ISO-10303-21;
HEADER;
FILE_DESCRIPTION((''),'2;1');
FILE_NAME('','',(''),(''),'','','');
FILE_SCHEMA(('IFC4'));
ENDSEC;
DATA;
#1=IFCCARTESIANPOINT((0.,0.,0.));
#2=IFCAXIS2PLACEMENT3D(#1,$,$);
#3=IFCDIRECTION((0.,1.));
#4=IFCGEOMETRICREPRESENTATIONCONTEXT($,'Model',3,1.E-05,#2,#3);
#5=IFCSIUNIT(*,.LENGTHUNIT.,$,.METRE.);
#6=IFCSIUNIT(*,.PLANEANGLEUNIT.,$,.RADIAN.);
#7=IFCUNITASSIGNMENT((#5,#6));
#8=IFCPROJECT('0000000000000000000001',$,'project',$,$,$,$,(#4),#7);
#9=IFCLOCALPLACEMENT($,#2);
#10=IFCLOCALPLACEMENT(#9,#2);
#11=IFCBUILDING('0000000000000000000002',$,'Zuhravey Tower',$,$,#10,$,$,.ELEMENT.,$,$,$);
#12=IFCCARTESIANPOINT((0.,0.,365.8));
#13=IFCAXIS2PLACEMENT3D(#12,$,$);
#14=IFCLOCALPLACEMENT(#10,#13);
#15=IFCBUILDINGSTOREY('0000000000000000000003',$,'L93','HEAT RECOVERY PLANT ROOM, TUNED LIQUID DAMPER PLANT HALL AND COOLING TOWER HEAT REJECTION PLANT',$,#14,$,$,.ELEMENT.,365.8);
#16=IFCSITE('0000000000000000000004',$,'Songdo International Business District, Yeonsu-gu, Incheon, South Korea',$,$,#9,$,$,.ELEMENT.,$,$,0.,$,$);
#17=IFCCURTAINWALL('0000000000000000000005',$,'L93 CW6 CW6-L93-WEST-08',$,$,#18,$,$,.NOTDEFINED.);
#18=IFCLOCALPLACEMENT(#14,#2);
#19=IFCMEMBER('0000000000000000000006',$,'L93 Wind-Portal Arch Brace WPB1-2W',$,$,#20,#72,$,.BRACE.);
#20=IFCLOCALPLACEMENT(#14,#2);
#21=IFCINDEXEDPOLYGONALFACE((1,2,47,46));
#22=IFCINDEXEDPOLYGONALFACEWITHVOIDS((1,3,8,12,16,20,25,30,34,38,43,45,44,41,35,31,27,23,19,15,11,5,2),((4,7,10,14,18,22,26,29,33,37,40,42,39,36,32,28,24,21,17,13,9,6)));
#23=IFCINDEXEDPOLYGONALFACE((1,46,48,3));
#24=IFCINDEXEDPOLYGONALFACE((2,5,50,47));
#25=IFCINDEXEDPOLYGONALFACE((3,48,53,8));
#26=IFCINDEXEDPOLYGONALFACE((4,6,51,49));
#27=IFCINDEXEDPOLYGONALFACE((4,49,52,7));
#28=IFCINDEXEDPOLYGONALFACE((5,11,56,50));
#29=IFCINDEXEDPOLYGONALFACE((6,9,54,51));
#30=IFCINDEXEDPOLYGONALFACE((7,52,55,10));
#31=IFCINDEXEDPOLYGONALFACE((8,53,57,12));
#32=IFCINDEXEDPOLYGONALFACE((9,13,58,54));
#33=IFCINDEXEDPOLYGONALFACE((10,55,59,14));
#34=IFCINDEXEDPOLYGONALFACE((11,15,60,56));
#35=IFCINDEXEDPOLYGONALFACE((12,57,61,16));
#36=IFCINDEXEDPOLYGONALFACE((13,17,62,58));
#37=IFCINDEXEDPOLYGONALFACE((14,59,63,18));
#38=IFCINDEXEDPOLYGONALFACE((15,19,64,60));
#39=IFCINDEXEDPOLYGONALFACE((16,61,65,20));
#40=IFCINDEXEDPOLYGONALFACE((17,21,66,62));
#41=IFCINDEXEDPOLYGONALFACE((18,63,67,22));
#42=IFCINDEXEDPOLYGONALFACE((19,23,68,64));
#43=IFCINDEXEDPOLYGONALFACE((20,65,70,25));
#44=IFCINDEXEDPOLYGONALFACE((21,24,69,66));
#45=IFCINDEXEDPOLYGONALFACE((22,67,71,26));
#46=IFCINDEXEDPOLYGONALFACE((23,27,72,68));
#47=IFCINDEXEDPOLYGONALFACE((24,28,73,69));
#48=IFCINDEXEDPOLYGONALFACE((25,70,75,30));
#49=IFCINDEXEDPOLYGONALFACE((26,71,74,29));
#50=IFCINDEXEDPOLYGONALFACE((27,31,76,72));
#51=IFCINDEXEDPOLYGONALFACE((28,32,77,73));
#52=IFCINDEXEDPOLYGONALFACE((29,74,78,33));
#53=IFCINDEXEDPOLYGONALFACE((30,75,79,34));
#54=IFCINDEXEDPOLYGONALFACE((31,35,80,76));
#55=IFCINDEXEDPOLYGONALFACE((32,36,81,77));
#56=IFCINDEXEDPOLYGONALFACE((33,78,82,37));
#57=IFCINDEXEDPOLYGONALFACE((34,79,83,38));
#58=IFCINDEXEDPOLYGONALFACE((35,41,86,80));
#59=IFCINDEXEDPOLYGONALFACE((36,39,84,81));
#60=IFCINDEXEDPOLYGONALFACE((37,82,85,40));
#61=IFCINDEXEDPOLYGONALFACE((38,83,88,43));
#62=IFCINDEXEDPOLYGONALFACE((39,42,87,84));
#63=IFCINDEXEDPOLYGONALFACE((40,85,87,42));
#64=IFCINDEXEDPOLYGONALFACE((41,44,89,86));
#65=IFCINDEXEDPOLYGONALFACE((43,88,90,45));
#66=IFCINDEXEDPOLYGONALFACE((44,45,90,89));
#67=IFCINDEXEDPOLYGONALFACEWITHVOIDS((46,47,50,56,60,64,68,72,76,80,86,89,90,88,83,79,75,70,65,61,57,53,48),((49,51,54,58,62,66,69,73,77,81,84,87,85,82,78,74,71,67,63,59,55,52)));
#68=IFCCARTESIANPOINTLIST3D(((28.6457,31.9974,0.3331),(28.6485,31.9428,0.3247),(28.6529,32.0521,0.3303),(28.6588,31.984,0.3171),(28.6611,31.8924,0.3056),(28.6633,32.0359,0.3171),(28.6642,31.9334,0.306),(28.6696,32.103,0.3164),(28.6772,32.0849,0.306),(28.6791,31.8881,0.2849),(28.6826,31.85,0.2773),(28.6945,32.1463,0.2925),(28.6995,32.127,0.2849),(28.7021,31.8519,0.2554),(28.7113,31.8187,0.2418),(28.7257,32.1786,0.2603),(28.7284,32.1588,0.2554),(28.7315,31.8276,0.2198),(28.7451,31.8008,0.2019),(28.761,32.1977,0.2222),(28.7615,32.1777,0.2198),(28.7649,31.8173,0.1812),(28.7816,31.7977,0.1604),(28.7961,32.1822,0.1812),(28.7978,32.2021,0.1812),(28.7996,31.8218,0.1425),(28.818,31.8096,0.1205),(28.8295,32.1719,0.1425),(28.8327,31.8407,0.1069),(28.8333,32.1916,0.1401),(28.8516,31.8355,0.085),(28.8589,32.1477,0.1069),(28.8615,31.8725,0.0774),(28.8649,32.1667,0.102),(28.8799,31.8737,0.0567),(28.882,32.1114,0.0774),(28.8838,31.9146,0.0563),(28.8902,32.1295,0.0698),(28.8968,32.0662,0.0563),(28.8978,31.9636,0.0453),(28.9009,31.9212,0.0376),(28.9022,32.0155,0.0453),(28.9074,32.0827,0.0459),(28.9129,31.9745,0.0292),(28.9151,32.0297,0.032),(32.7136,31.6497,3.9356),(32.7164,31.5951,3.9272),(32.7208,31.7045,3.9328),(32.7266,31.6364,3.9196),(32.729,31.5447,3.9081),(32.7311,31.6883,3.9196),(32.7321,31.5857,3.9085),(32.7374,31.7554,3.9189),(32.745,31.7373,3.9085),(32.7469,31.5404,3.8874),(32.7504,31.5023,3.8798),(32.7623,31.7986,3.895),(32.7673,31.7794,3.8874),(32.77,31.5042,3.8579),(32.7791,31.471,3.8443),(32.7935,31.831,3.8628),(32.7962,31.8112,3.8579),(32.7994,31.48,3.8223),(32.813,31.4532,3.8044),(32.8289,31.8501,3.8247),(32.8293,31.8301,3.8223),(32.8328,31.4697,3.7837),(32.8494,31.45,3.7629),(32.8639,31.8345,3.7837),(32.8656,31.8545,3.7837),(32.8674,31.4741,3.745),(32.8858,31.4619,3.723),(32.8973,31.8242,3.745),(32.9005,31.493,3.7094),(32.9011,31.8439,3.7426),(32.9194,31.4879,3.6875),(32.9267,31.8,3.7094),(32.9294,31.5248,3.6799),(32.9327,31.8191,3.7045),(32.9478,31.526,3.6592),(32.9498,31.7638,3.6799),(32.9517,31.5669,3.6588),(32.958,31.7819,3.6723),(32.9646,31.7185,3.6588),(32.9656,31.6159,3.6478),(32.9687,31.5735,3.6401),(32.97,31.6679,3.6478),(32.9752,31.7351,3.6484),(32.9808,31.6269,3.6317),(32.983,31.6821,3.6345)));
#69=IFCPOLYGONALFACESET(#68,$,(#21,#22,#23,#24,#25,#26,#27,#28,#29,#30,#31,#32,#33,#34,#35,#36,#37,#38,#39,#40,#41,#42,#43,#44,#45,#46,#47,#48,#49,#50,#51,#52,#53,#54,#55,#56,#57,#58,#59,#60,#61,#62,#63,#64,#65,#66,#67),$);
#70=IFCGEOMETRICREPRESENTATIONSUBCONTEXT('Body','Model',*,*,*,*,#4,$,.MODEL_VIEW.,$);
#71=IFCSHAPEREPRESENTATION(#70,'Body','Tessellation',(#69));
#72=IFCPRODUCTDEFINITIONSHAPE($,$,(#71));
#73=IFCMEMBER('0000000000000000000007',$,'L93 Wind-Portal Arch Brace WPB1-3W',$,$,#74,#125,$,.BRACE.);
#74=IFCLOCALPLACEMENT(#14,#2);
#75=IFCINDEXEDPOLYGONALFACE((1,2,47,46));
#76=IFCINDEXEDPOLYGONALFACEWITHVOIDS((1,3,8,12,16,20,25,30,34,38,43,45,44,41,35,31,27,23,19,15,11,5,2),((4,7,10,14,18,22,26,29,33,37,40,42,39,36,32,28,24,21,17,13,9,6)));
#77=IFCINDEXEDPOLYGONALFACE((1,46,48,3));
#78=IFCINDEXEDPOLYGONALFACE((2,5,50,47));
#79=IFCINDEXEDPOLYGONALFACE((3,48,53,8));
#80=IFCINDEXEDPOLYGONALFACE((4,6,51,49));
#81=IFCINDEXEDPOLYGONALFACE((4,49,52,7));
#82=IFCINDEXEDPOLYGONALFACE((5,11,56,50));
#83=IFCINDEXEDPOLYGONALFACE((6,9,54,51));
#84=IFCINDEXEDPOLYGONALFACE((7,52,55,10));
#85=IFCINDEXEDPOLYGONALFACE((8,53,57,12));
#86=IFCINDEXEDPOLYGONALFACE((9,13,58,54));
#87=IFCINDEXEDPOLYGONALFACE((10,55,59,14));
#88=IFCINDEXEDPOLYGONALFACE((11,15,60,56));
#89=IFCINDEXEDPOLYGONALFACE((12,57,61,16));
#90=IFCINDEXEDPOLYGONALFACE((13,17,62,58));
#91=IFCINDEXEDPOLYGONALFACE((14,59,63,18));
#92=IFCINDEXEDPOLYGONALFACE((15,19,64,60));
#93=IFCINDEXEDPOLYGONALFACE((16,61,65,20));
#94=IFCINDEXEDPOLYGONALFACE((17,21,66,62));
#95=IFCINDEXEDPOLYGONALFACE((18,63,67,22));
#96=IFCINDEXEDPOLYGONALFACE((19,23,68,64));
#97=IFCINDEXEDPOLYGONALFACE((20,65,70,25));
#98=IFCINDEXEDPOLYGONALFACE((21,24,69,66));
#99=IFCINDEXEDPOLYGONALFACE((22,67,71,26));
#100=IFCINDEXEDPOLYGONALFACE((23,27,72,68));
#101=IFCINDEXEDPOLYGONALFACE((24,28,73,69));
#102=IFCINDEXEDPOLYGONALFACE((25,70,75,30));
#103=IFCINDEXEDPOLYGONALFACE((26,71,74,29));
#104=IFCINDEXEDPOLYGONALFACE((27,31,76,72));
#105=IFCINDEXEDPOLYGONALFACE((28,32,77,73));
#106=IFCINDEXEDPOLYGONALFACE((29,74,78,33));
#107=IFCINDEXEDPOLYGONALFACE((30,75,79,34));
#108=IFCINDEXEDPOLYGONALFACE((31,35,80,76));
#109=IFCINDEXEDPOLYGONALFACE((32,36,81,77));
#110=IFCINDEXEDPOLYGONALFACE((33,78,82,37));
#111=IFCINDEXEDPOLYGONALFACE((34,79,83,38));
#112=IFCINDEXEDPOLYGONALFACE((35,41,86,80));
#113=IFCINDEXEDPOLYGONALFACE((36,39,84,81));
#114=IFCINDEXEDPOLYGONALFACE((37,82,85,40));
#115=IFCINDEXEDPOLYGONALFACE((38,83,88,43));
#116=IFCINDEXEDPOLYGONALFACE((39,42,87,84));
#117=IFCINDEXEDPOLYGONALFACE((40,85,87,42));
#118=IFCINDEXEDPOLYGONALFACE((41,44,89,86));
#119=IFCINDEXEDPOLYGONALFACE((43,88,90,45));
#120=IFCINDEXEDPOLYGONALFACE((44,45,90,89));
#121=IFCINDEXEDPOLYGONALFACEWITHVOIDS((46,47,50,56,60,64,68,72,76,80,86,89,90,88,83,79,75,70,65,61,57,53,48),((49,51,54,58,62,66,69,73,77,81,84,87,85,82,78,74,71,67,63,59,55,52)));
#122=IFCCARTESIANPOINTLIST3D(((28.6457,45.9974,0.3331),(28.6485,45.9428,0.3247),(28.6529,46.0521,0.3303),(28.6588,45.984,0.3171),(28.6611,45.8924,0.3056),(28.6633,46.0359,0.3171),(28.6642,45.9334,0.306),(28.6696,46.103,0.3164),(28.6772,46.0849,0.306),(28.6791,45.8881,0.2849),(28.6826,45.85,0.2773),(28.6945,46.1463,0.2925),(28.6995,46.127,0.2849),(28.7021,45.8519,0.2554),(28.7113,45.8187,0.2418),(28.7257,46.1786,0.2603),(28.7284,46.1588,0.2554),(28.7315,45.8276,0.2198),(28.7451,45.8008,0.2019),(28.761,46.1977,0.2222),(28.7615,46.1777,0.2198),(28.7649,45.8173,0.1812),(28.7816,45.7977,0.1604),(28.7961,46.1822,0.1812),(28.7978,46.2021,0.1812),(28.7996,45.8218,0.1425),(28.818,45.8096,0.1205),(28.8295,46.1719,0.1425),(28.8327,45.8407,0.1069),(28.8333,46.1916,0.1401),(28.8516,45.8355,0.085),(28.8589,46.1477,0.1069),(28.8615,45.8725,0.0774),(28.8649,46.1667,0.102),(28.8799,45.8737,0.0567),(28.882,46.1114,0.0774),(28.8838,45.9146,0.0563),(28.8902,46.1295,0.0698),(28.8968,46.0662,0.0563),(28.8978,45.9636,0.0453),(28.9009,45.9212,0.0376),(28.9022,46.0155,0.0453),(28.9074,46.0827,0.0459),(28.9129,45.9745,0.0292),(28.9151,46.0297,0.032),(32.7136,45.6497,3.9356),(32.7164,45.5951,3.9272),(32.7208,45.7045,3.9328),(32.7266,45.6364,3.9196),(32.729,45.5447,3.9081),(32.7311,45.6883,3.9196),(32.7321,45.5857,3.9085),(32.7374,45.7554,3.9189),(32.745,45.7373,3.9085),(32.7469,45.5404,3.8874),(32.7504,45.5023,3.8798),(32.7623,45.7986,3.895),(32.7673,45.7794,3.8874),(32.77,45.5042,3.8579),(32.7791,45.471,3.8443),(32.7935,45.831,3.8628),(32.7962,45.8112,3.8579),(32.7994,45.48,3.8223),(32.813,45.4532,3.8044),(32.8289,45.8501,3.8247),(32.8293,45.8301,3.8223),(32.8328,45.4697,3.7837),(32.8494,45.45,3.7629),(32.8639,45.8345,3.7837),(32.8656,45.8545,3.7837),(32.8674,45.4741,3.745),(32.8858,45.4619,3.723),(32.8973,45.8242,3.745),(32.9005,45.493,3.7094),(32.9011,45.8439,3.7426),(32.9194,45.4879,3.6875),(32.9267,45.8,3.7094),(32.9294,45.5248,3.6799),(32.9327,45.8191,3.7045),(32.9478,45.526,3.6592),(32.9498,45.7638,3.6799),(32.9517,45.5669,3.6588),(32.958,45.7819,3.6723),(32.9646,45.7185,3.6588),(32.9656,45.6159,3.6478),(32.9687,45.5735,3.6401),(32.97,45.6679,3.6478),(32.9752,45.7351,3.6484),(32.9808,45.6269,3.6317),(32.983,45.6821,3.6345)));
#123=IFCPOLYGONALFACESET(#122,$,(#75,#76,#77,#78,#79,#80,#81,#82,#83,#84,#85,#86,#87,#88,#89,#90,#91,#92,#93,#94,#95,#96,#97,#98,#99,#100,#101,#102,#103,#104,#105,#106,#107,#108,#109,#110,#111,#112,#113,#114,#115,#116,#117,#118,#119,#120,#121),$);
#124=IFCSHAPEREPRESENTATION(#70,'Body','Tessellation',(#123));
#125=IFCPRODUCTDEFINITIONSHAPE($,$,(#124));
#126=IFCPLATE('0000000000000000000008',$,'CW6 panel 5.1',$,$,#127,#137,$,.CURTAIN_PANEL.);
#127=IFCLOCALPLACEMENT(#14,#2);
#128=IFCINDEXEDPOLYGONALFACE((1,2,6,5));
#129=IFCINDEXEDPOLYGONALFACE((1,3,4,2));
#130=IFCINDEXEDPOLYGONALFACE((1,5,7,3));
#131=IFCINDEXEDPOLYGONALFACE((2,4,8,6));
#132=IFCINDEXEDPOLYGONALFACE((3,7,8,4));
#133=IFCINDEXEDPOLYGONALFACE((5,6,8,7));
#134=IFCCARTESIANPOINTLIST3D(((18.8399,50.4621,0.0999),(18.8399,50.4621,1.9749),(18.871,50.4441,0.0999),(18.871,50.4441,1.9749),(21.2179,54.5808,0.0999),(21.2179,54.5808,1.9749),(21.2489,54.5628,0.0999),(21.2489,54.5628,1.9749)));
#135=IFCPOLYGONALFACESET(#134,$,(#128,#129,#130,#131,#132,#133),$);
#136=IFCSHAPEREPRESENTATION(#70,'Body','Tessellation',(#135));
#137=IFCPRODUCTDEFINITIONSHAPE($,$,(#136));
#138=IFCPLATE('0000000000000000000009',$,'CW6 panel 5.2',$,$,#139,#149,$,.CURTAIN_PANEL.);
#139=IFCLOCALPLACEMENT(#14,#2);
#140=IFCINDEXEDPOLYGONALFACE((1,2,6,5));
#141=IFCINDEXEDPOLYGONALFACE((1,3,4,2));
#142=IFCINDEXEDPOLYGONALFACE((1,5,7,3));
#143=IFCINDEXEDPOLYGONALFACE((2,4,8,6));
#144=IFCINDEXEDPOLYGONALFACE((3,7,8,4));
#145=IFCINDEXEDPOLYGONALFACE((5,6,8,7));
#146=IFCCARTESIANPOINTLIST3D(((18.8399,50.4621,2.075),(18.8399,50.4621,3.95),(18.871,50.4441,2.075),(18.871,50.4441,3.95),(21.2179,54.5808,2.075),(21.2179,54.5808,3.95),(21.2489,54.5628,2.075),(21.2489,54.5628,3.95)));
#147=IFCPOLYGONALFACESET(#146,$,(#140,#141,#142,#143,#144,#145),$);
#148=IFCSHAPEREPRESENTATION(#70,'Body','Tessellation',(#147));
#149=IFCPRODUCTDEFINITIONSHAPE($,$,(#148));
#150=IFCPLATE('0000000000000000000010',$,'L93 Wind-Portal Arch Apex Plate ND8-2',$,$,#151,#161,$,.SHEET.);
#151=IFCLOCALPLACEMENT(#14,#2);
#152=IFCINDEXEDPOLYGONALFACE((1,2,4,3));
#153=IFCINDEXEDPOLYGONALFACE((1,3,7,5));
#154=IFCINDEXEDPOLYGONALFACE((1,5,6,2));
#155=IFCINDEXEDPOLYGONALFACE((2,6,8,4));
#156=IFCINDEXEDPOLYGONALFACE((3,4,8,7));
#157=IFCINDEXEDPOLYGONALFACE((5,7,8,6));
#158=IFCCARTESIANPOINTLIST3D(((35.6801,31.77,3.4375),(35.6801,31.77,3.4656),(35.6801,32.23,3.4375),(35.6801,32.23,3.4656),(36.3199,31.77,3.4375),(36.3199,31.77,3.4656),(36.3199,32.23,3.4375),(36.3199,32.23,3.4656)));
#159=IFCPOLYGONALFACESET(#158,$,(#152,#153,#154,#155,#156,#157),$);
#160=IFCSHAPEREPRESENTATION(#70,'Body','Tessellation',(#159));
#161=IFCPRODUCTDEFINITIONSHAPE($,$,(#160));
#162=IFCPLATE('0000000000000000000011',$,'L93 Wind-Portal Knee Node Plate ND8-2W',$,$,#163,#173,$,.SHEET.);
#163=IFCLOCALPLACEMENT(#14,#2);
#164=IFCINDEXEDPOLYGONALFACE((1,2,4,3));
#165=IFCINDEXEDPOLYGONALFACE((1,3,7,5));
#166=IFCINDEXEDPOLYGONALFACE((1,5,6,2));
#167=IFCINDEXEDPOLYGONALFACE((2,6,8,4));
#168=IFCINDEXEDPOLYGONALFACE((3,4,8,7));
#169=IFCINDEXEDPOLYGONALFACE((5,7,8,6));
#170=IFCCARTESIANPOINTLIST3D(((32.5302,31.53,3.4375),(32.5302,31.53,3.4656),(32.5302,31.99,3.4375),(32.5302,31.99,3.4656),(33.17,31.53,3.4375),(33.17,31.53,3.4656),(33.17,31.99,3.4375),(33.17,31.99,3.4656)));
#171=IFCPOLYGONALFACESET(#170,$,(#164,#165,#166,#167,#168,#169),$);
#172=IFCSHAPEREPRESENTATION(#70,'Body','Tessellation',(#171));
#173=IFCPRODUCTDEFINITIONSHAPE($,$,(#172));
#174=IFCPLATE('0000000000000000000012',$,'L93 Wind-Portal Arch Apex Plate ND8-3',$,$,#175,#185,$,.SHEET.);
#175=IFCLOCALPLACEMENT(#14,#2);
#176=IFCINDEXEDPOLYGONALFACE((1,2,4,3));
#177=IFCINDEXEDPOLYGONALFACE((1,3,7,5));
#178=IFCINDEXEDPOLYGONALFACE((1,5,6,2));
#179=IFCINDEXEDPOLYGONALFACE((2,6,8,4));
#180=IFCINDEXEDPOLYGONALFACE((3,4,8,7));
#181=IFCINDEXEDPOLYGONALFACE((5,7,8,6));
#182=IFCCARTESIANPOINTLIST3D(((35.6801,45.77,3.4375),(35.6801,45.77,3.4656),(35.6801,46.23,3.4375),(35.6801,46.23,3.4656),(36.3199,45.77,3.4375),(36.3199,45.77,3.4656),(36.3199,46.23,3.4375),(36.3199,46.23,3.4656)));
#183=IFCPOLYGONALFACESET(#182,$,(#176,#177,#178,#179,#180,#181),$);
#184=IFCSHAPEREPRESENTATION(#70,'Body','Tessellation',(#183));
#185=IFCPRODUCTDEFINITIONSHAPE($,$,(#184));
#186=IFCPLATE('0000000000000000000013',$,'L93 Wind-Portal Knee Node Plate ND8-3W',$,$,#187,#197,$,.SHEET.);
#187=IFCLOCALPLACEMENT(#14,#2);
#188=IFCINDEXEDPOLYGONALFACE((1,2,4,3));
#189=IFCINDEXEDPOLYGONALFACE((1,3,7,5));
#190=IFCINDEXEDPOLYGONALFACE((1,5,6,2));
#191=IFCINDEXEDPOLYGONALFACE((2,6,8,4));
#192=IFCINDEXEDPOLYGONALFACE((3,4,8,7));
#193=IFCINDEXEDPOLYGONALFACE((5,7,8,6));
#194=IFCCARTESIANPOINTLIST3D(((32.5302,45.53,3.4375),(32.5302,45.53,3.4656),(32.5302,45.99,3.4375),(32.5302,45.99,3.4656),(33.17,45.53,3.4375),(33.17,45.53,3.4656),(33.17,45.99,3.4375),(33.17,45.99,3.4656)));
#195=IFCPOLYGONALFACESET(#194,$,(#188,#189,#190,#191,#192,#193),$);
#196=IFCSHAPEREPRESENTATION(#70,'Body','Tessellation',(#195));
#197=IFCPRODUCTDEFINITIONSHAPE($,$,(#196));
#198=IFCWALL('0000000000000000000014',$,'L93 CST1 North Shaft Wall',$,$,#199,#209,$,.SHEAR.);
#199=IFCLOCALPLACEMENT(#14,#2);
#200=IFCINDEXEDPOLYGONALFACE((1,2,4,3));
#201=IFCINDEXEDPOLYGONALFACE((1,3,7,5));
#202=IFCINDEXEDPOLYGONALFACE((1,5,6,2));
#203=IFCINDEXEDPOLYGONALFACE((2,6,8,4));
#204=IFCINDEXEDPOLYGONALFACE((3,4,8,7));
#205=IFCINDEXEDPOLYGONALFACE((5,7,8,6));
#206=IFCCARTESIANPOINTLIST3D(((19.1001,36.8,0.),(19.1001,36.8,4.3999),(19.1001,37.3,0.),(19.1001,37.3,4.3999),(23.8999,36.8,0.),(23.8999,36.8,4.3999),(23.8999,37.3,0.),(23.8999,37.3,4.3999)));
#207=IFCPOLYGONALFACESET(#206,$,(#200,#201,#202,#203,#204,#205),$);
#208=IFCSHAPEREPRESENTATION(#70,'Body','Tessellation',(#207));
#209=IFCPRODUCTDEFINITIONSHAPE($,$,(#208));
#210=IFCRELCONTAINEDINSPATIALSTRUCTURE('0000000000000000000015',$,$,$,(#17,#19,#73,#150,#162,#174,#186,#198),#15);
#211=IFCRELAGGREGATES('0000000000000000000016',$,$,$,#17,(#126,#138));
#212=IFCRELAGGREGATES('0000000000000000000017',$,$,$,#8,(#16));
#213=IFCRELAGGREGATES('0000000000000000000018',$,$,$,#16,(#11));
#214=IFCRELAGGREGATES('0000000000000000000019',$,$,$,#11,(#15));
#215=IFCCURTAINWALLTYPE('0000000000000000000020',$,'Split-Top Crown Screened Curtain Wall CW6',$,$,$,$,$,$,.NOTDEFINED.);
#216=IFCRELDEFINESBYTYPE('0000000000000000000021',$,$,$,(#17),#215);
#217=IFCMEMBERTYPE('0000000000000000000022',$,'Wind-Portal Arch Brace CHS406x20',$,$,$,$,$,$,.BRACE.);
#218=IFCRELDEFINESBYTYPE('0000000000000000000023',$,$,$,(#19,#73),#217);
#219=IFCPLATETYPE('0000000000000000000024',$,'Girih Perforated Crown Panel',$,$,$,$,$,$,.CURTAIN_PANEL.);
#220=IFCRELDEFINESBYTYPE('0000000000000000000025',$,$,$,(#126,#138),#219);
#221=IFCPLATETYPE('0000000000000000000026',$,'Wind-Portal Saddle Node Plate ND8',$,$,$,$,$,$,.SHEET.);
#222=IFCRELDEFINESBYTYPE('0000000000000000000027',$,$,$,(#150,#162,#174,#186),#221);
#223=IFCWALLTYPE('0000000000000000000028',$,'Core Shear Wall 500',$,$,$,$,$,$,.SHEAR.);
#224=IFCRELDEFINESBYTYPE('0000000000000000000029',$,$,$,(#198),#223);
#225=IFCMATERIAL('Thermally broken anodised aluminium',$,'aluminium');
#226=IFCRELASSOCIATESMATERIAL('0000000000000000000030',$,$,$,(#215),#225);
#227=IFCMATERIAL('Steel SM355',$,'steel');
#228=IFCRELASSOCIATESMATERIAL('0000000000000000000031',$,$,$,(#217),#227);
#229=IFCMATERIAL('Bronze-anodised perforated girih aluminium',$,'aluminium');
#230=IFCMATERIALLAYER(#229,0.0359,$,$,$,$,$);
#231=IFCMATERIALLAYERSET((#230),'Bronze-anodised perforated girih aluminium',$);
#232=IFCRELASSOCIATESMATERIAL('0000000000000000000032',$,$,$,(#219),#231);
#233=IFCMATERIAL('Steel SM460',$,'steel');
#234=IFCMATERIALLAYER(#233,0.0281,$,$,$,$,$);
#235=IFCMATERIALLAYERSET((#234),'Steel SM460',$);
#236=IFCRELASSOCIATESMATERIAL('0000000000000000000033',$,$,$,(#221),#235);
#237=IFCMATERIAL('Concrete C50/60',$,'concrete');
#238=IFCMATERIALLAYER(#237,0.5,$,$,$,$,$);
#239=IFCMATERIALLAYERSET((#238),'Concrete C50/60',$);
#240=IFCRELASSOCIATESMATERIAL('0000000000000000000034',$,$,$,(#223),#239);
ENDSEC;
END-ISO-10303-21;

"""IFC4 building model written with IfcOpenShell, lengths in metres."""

from ifc_helpers import new_model, si_unit, direction, frame, frame_2d, origin, origin_2d, place, context, subcontext, project, spatial, rectangle, hollow_circle, extrude, material, layer, layer_set, material_profile, profile_set, type_object, element, aggregate, save


model = new_model("IFC4")

# Units and contexts
model_context = context("Model", 3, precision=1e-05, world=origin(), true_north=direction((0.0, 1.0)))
body_context = subcontext(model_context, "Body", "Model", "MODEL_VIEW")
ifc_project = project(units=[si_unit("LENGTHUNIT", "METRE"), si_unit("PLANEANGLEUNIT", "RADIAN")], contexts=[model_context])

# Site, building, storey
site_placement = place(None, origin())
site = spatial("IfcSite", under=ifc_project, at=site_placement, Name="Songdo International Business District, Yeonsu-gu, Incheon, South Korea", CompositionType="ELEMENT", RefElevation=0.0)
building_placement = place(site_placement, origin())
building = spatial("IfcBuilding", under=site, at=building_placement, Name="Zuhravey Tower", CompositionType="ELEMENT")
storey_placement = place(building_placement, frame((0.0, 0.0, 365.8)))
storey = spatial("IfcBuildingStorey", under=building, at=storey_placement, Name="L93", Description="HEAT RECOVERY PLANT ROOM, TUNED LIQUID DAMPER PLANT HALL AND COOLING TOWER HEAT REJECTION PLANT", CompositionType="ELEMENT", Elevation=365.8)

# Shared definitions
ifc_material_1 = material(Name="Steel SM355", Category="steel")

# Curtain wall
ifc_material_2 = material(Name="Thermally broken anodised aluminium", Category="aluminium")
curtain_wall_type = type_object("IfcCurtainWallType", Name="Split-Top Crown Screened Curtain Wall CW6", PredefinedType="NOTDEFINED", material=ifc_material_2)
curtain_wall_placement = place(storey_placement, origin())
curtain_wall = element("IfcCurtainWall", 1, at=curtain_wall_placement, inside=storey, type_object=curtain_wall_type, Name="L93 CW6 CW6-L93-WEST-08", PredefinedType="NOTDEFINED")

# Members
ifc_material_profile_1 = material_profile(ifc_material_1, hollow_circle(Radius=0.2031, WallThickness=0.02, at=origin_2d()), Name="CHS-406.4x20")
ifc_profile_set_1 = profile_set([ifc_material_profile_1], Name="Steel SM355")
member_type_1 = type_object("IfcMemberType", Name="Wind-Portal Arch Brace CHS406x20", PredefinedType="BRACE", material=ifc_profile_set_1)
for number, where, z_axis, x_axis, name in (
    (2, (28.7805, 31.9998, 0.1812), (0.7471, -0.06385, 0.661638), (0.085154, 0.996368, 0.0), "L93 Wind-Portal Arch Brace WPB1-2W"),
    (3, (28.7805, 45.9998, 0.1812), (0.7471, -0.06385, 0.661638), (0.085154, 0.996368, 0.0), "L93 Wind-Portal Arch Brace WPB1-3W"),
):
    element("IfcMember", number, at=place(storey_placement, frame(where, z_axis=z_axis, x_axis=x_axis)), inside=storey, type_object=member_type_1, Name=name, PredefinedType="BRACE", context=body_context, shape_type="SweptSolid", body=[
        extrude(hollow_circle(Radius=0.2031, WallThickness=0.02, at=origin_2d()), origin(), (0.0, 0.0, 1.0), 5.4448),
    ])

# Plates
ifc_material_3 = material(Name="Bronze-anodised perforated girih aluminium", Category="aluminium")
ifc_layer_1 = layer(ifc_material_3, 0.0359)
ifc_layer_set_1 = layer_set([ifc_layer_1], Name="Bronze-anodised perforated girih aluminium")
plate_type_1 = type_object("IfcPlateType", Name="Girih Perforated Crown Panel", PredefinedType="CURTAIN_PANEL", material=ifc_layer_set_1)
plate_1_placement = place(storey_placement, frame((20.0444, 52.5125, 0.0999), z_axis=(0.0, 0.0, 1.0), x_axis=(0.499997, 0.866027, 0.0)))
plate_1 = element("IfcPlate", 4, at=plate_1_placement, type_object=plate_type_1, Name="CW6 panel 5.1", PredefinedType="CURTAIN_PANEL", context=body_context, shape_type="SweptSolid", body=[
    extrude(rectangle(XDim=4.7559, YDim=0.0359, at=origin_2d()), origin(), (0.0, 0.0, 1.0), 1.875),
])
plate_2_placement = place(storey_placement, frame((20.0444, 52.5125, 2.075), z_axis=(0.0, 0.0, 1.0), x_axis=(0.499997, 0.866027, 0.0)))
plate_2 = element("IfcPlate", 5, at=plate_2_placement, type_object=plate_type_1, Name="CW6 panel 5.2", PredefinedType="CURTAIN_PANEL", context=body_context, shape_type="SweptSolid", body=[
    extrude(rectangle(XDim=4.7559, YDim=0.0359, at=origin_2d()), origin(), (0.0, 0.0, 1.0), 1.875),
])
aggregate(curtain_wall, [plate_1, plate_2])

# Plates
ifc_material_4 = material(Name="Steel SM460", Category="steel")
ifc_layer_2 = layer(ifc_material_4, 0.0281)
ifc_layer_set_2 = layer_set([ifc_layer_2], Name="Steel SM460")
plate_type_2 = type_object("IfcPlateType", Name="Wind-Portal Saddle Node Plate ND8", PredefinedType="SHEET", material=ifc_layer_set_2)
for number, where, z_axis, x_axis, name in (
    (6, (36.0, 32.0, 3.4375), (0.0, 0.0, 1.0), (1.0, 0.0, 0.0), "L93 Wind-Portal Arch Apex Plate ND8-2"),
    (7, (32.8501, 31.76, 3.4375), (0.0, 0.0, 1.0), (1.0, 0.0, 0.0), "L93 Wind-Portal Knee Node Plate ND8-2W"),
    (8, (36.0, 46.0, 3.4375), (0.0, 0.0, 1.0), (1.0, 0.0, 0.0), "L93 Wind-Portal Arch Apex Plate ND8-3"),
    (9, (32.8501, 45.76, 3.4375), (0.0, 0.0, 1.0), (1.0, 0.0, 0.0), "L93 Wind-Portal Knee Node Plate ND8-3W"),
):
    element("IfcPlate", number, at=place(storey_placement, frame(where, z_axis=z_axis, x_axis=x_axis)), inside=storey, type_object=plate_type_2, Name=name, PredefinedType="SHEET", context=body_context, shape_type="SweptSolid", body=[
        extrude(rectangle(XDim=0.6399, YDim=0.46, at=origin_2d()), origin(), (0.0, 0.0, 1.0), 0.0281),
    ])

# Wall
ifc_material_5 = material(Name="Concrete C50/60", Category="concrete")
ifc_layer_3 = layer(ifc_material_5, 0.5)
ifc_layer_set_3 = layer_set([ifc_layer_3], Name="Concrete C50/60")
wall_type_1 = type_object("IfcWallType", Name="Core Shear Wall 500", PredefinedType="SHEAR", material=ifc_layer_set_3)
wall_1_placement = place(storey_placement, frame((23.8999, 37.05, 0.0), z_axis=(0.0, 0.0, 1.0), x_axis=(-1.0, 0.0, 0.0)))
element("IfcWall", 10, at=wall_1_placement, inside=storey, type_object=wall_type_1, Name="L93 CST1 North Shaft Wall", PredefinedType="SHEAR", context=body_context, shape_type="SweptSolid", body=[
    extrude(rectangle(XDim=4.7998, YDim=0.5, at=frame_2d((2.3999, 0.0))), origin(), (0.0, 0.0, 1.0), 4.3999),
])

save(model, "model.ifc")
